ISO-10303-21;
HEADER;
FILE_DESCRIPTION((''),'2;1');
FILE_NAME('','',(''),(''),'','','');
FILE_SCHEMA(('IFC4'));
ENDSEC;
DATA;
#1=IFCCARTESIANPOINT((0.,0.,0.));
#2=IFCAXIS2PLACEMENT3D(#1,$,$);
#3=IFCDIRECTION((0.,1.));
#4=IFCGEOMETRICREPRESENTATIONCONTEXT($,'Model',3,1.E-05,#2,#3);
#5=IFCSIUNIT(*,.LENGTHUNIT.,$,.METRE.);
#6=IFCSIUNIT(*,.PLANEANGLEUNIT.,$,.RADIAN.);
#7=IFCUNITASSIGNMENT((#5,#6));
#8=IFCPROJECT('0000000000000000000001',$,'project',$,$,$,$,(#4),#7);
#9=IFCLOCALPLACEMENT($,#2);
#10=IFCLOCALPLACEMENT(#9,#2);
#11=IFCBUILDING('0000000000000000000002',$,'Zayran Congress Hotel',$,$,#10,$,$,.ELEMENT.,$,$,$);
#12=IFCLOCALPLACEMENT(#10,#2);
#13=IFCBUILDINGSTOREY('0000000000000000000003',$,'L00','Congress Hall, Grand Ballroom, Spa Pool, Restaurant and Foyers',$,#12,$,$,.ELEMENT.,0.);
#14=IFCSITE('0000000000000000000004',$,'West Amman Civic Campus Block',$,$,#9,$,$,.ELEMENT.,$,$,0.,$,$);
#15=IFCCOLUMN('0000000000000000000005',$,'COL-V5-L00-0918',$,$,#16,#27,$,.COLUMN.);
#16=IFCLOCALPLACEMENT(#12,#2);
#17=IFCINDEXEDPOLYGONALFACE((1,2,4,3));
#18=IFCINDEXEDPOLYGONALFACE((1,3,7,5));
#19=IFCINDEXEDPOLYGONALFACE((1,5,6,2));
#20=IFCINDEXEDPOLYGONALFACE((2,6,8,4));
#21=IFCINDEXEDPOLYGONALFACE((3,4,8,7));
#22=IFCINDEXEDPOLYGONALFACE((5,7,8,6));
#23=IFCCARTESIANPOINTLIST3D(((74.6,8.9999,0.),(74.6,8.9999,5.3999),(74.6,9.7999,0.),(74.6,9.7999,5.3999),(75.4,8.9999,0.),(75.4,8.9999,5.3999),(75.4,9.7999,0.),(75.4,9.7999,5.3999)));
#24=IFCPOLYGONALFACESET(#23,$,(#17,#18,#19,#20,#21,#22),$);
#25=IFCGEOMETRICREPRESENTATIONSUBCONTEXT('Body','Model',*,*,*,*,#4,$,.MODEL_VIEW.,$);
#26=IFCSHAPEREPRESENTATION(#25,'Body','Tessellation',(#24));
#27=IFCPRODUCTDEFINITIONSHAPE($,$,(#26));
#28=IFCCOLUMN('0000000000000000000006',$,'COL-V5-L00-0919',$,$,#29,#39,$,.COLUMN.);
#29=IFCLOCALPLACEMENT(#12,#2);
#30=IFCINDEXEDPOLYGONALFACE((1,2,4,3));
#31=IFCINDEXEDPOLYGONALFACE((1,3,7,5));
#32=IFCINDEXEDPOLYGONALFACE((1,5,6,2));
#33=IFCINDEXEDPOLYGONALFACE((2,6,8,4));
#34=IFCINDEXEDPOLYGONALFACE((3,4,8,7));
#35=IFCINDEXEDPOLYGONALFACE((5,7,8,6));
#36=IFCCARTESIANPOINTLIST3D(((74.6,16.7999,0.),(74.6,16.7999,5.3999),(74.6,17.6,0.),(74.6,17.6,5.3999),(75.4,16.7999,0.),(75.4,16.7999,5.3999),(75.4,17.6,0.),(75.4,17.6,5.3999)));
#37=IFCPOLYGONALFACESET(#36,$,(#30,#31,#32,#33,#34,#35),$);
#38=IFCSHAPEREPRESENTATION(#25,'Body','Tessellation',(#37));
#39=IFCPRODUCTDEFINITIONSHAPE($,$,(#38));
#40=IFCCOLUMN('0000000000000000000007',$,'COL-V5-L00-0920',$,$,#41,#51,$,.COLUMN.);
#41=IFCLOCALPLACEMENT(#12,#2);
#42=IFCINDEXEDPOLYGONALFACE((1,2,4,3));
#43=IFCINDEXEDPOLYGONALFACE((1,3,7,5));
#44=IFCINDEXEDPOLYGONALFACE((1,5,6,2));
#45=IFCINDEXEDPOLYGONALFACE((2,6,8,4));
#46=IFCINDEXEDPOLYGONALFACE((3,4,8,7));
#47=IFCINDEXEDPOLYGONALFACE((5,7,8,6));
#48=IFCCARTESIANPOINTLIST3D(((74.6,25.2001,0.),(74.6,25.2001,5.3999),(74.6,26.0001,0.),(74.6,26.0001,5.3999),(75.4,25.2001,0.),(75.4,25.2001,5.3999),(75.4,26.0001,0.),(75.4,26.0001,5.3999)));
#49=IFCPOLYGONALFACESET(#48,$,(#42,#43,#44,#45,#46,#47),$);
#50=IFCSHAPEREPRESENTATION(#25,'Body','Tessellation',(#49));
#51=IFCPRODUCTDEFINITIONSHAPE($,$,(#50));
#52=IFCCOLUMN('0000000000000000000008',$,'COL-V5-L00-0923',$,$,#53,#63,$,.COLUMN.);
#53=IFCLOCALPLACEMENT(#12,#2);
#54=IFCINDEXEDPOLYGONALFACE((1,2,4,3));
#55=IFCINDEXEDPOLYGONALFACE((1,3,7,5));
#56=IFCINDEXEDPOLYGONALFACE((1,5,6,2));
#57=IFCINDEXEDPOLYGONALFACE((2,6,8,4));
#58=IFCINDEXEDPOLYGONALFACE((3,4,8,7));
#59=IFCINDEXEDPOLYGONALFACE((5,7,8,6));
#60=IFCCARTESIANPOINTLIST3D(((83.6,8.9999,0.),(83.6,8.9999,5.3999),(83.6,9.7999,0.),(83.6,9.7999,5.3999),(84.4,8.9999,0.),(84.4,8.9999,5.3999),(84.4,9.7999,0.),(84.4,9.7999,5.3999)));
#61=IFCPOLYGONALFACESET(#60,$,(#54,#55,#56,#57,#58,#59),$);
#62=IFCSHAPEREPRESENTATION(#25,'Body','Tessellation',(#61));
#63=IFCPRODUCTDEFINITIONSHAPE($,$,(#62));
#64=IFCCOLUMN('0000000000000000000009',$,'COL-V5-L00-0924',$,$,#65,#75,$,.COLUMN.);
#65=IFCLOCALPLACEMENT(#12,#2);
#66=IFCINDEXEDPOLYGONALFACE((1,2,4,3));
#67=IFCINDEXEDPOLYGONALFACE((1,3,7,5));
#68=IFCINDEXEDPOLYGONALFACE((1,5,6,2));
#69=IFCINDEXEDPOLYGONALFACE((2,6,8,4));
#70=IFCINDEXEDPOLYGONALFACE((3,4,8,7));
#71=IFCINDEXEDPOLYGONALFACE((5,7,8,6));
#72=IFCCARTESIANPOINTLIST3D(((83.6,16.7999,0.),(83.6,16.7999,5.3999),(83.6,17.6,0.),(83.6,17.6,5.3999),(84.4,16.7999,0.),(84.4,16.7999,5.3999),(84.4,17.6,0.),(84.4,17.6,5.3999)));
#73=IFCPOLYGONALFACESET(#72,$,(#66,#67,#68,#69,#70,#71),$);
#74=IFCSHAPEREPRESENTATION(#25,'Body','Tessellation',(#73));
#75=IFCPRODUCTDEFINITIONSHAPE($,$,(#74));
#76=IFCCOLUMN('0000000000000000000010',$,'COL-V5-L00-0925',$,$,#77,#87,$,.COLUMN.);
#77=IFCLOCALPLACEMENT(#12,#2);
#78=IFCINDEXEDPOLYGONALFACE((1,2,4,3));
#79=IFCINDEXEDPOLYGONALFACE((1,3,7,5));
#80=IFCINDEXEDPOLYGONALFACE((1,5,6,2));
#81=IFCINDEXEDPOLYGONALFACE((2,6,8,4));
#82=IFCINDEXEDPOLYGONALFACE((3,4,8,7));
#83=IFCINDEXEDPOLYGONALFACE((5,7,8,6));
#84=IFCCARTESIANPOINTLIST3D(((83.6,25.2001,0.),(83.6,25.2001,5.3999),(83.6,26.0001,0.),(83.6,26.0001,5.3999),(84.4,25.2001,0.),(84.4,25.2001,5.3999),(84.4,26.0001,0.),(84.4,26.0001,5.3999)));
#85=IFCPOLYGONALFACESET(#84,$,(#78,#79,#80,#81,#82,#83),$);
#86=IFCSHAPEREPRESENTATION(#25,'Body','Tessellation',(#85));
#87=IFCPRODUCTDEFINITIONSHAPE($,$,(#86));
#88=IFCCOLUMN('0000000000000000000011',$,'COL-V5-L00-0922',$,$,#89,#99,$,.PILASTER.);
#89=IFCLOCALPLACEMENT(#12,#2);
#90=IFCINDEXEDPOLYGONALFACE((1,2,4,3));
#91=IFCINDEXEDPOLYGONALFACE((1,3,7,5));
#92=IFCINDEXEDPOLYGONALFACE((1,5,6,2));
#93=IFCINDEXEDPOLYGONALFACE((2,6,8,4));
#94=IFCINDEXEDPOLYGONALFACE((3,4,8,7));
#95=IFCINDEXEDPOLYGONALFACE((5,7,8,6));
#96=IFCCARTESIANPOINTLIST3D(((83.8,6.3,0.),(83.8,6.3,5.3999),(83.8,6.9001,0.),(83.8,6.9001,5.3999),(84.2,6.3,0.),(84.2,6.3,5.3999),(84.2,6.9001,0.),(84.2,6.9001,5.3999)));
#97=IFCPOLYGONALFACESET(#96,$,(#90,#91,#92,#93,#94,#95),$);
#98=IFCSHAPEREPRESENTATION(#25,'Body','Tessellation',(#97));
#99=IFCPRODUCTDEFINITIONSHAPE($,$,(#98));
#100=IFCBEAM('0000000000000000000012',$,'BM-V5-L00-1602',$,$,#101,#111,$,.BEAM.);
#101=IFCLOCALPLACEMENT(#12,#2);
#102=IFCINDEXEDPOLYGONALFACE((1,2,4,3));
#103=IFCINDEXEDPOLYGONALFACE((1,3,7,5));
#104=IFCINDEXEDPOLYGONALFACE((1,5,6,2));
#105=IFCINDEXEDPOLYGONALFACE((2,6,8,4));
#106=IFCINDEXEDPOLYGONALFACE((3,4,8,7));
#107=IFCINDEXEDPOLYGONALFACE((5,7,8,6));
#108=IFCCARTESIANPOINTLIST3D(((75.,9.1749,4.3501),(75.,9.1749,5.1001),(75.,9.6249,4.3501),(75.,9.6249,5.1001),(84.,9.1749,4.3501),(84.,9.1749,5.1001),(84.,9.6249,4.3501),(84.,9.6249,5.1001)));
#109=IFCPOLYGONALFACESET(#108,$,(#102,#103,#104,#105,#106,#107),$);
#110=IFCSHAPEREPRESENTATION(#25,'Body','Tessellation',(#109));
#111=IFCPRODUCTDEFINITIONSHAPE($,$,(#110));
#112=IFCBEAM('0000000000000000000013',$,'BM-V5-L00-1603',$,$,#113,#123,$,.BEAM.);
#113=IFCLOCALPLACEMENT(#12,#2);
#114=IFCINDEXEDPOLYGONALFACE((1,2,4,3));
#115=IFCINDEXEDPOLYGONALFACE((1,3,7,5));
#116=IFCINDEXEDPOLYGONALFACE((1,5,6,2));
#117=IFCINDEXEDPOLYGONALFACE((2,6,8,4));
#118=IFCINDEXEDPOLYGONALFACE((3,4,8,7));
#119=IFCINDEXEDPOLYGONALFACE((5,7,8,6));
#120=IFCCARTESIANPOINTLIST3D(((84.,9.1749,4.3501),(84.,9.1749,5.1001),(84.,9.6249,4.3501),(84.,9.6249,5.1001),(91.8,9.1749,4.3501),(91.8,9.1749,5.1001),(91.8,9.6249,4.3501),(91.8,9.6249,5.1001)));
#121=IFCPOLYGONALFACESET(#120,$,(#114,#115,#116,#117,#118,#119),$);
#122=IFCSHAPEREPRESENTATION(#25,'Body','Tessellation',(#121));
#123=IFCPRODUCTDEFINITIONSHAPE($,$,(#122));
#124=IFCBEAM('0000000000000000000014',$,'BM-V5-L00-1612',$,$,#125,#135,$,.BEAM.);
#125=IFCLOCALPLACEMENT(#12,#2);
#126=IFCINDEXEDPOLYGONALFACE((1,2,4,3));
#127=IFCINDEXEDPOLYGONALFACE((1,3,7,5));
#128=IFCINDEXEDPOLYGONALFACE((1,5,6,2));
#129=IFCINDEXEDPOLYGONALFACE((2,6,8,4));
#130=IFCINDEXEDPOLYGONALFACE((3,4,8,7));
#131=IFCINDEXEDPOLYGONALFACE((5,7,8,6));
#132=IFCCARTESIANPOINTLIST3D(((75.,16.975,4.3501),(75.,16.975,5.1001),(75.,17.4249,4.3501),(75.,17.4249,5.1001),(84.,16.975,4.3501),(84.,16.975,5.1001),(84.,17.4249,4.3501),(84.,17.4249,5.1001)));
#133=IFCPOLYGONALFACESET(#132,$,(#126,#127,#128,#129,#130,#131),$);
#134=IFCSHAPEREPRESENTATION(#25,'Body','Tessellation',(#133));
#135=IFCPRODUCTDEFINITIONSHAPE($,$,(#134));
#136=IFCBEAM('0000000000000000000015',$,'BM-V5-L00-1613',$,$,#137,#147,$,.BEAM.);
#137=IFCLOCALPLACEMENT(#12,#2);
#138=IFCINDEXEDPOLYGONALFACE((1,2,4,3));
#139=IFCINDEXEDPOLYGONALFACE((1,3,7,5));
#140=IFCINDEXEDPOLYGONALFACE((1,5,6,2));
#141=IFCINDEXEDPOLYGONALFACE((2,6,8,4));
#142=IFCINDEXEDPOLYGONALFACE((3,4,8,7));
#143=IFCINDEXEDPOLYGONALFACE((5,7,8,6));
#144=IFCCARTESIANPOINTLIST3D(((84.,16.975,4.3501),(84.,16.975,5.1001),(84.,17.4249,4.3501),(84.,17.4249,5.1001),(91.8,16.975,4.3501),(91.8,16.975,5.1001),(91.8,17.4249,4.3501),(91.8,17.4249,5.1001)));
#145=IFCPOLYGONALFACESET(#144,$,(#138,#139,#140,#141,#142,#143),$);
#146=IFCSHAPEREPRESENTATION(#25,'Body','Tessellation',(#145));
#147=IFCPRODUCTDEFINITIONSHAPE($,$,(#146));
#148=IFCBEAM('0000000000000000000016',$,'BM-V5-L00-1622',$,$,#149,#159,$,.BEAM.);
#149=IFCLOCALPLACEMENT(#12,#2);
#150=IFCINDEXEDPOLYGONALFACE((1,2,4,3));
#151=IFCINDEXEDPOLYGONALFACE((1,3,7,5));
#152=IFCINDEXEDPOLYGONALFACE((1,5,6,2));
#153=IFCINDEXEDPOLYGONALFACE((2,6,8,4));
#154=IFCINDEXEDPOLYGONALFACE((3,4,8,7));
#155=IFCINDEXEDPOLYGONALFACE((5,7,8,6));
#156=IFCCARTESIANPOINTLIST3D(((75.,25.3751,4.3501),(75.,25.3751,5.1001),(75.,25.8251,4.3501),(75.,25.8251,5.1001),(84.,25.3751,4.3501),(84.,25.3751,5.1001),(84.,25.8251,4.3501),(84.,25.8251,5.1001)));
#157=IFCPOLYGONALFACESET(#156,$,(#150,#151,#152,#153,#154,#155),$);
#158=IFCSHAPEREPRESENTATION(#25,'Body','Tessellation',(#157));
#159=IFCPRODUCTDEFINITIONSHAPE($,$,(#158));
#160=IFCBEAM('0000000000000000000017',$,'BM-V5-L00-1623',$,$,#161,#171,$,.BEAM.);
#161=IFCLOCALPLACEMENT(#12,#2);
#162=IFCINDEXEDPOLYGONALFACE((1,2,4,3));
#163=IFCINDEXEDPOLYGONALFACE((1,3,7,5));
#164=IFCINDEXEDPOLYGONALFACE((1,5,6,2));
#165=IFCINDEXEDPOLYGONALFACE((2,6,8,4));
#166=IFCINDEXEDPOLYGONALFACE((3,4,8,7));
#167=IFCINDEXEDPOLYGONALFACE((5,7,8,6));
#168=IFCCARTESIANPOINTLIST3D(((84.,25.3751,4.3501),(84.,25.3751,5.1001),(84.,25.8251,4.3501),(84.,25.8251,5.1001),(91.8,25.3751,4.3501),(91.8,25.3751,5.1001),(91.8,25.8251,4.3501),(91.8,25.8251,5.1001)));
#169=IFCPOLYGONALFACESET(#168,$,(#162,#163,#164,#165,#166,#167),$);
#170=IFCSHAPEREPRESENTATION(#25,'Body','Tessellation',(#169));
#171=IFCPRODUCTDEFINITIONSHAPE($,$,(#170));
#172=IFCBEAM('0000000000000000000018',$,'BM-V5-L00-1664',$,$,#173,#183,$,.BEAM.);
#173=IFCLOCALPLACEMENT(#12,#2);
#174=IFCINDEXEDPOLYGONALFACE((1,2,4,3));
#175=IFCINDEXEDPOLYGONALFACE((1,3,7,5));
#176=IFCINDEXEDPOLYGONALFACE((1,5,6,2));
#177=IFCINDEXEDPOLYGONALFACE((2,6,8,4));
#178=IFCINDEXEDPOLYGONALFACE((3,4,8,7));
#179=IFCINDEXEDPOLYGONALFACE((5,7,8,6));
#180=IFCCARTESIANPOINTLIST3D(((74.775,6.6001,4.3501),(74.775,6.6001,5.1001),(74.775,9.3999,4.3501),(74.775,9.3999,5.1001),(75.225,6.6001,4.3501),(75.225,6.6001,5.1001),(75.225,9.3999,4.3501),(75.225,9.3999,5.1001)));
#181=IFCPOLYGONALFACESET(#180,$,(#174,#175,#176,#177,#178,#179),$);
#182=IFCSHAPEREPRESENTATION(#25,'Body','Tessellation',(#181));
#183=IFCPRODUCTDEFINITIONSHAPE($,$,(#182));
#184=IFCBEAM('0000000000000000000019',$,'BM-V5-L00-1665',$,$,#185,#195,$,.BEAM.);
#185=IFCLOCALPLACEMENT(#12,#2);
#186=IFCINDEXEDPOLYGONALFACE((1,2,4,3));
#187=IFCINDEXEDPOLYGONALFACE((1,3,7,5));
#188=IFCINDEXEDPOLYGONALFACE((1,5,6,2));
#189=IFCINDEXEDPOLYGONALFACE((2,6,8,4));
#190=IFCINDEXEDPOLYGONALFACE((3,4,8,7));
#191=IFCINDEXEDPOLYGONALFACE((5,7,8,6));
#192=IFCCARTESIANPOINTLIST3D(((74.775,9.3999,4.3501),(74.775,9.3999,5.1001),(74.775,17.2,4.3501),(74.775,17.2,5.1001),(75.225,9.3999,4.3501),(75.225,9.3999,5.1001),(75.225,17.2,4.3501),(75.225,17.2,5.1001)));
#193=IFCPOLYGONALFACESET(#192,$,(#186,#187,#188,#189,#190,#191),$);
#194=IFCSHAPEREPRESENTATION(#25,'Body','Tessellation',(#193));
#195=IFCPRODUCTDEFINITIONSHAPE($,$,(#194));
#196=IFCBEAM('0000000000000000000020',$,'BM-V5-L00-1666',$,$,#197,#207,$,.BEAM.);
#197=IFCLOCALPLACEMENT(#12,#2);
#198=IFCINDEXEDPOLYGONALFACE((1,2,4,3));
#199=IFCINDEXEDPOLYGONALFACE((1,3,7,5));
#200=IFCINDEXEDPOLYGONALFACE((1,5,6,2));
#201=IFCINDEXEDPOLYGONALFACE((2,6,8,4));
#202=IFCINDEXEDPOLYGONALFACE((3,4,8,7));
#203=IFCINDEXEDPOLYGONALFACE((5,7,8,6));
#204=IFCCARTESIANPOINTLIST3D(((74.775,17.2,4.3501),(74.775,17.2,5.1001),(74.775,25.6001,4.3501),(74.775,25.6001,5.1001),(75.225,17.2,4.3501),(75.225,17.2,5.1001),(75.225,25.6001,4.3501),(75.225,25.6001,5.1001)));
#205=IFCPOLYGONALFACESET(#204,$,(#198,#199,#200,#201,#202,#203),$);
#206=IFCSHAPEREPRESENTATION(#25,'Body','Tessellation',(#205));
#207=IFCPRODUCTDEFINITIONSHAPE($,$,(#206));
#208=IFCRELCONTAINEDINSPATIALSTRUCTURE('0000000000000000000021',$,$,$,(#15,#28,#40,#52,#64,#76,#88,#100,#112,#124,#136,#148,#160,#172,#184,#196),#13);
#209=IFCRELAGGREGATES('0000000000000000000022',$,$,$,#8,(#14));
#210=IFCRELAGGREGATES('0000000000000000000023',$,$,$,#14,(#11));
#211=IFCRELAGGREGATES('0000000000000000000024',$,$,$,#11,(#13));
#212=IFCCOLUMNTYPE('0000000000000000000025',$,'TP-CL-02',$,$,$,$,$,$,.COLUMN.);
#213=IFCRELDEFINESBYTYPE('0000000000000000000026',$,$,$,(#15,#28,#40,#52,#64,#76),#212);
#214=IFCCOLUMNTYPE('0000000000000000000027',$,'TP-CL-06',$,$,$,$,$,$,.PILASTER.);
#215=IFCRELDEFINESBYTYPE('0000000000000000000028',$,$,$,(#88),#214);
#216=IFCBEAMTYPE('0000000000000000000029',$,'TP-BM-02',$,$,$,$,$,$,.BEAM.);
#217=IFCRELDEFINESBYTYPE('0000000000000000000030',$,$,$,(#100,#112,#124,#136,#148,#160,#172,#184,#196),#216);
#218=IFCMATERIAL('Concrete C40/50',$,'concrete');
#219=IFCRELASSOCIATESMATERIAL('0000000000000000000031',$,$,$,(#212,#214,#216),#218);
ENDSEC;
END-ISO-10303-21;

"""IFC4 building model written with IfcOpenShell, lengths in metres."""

from ifc_helpers import new_model, si_unit, direction, frame, origin, origin_2d, place, context, subcontext, project, spatial, rectangle, extrude, material, material_profile, profile_set, type_object, element, save


model = new_model("IFC4")

# Units and contexts
model_context = context("Model", 3, precision=1e-05, world=origin(), true_north=direction((0.0, 1.0)))
body_context = subcontext(model_context, "Body", "Model", "MODEL_VIEW")
ifc_project = project(units=[si_unit("LENGTHUNIT", "METRE"), si_unit("PLANEANGLEUNIT", "RADIAN")], contexts=[model_context])

# Site, building, storey
site_placement = place(None, origin())
site = spatial("IfcSite", under=ifc_project, at=site_placement, Name="West Amman Civic Campus Block", CompositionType="ELEMENT", RefElevation=0.0)
building_placement = place(site_placement, origin())
building = spatial("IfcBuilding", under=site, at=building_placement, Name="Zayran Congress Hotel", CompositionType="ELEMENT")
storey_placement = place(building_placement, origin())
storey = spatial("IfcBuildingStorey", under=building, at=storey_placement, Name="L00", Description="Congress Hall, Grand Ballroom, Spa Pool, Restaurant and Foyers", CompositionType="ELEMENT", Elevation=0.0)

# Columns
ifc_material_1 = material(Name="Concrete C40/50", Category="concrete")
ifc_material_profile_1 = material_profile(ifc_material_1, rectangle(XDim=0.8, YDim=0.8, at=origin_2d()), Name="RC 800x800")
ifc_profile_set_1 = profile_set([ifc_material_profile_1], Name="Concrete C40/50")
column_type_1 = type_object("IfcColumnType", Name="TP-CL-02", PredefinedType="COLUMN", material=ifc_profile_set_1)
for number, where, z_axis, x_axis, name in (
    (1, (75.0, 9.3999, 0.0), (0.0, 0.0, 1.0), (1.0, 0.0, 0.0), "COL-V5-L00-0918"),
    (2, (75.0, 17.2, 0.0), (0.0, 0.0, 1.0), (1.0, 0.0, 0.0), "COL-V5-L00-0919"),
    (3, (75.0, 25.6001, 0.0), (0.0, 0.0, 1.0), (1.0, 0.0, 0.0), "COL-V5-L00-0920"),
    (4, (84.0, 9.3999, 0.0), (0.0, 0.0, 1.0), (1.0, 0.0, 0.0), "COL-V5-L00-0923"),
    (5, (84.0, 17.2, 0.0), (0.0, 0.0, 1.0), (1.0, 0.0, 0.0), "COL-V5-L00-0924"),
    (6, (84.0, 25.6001, 0.0), (0.0, 0.0, 1.0), (1.0, 0.0, 0.0), "COL-V5-L00-0925"),
):
    element("IfcColumn", number, at=place(storey_placement, frame(where, z_axis=z_axis, x_axis=x_axis)), inside=storey, type_object=column_type_1, Name=name, PredefinedType="COLUMN", context=body_context, shape_type="SweptSolid", body=[
        extrude(rectangle(XDim=0.8, YDim=0.8, at=origin_2d()), origin(), (0.0, 0.0, 1.0), 5.3999),
    ])
ifc_material_profile_2 = material_profile(ifc_material_1, rectangle(XDim=0.3999, YDim=0.6001, at=origin_2d()), Name="RC 600x400")
ifc_profile_set_2 = profile_set([ifc_material_profile_2], Name="Concrete C40/50")
column_type_2 = type_object("IfcColumnType", Name="TP-CL-06", PredefinedType="PILASTER", material=ifc_profile_set_2)
column_placement = place(storey_placement, frame((84.0, 6.6001, 0.0), z_axis=(0.0, 0.0, 1.0), x_axis=(1.0, 0.0, 0.0)))
element("IfcColumn", 7, at=column_placement, inside=storey, type_object=column_type_2, Name="COL-V5-L00-0922", PredefinedType="PILASTER", context=body_context, shape_type="SweptSolid", body=[
    extrude(rectangle(XDim=0.3999, YDim=0.6001, at=origin_2d()), origin(), (0.0, 0.0, 1.0), 5.3999),
])

# Beams
ifc_material_profile_3 = material_profile(ifc_material_1, rectangle(XDim=0.45, YDim=0.75, at=origin_2d()), Name="RC 450x750")
ifc_profile_set_3 = profile_set([ifc_material_profile_3], Name="Concrete C40/50")
beam_type_1 = type_object("IfcBeamType", Name="TP-BM-02", PredefinedType="BEAM", material=ifc_profile_set_3)
beam_1_placement = place(storey_placement, frame((75.0, 9.3999, 4.7251), z_axis=(1.0, 0.0, 0.0), x_axis=(0.0, 1.0, 0.0)))
element("IfcBeam", 8, at=beam_1_placement, inside=storey, type_object=beam_type_1, Name="BM-V5-L00-1602", PredefinedType="BEAM", context=body_context, shape_type="SweptSolid", body=[
    extrude(rectangle(XDim=0.45, YDim=0.75, at=origin_2d()), origin(), (0.0, 0.0, 1.0), 9.0),
])
beam_2_placement = place(storey_placement, frame((84.0, 9.3999, 4.7251), z_axis=(1.0, 0.0, 0.0), x_axis=(0.0, 1.0, 0.0)))
element("IfcBeam", 9, at=beam_2_placement, inside=storey, type_object=beam_type_1, Name="BM-V5-L00-1603", PredefinedType="BEAM", context=body_context, shape_type="SweptSolid", body=[
    extrude(rectangle(XDim=0.45, YDim=0.75, at=origin_2d()), origin(), (0.0, 0.0, 1.0), 7.8),
])
beam_3_placement = place(storey_placement, frame((75.0, 17.2, 4.7251), z_axis=(1.0, 0.0, 0.0), x_axis=(0.0, 1.0, 0.0)))
element("IfcBeam", 10, at=beam_3_placement, inside=storey, type_object=beam_type_1, Name="BM-V5-L00-1612", PredefinedType="BEAM", context=body_context, shape_type="SweptSolid", body=[
    extrude(rectangle(XDim=0.45, YDim=0.75, at=origin_2d()), origin(), (0.0, 0.0, 1.0), 9.0),
])
beam_4_placement = place(storey_placement, frame((84.0, 17.2, 4.7251), z_axis=(1.0, 0.0, 0.0), x_axis=(0.0, 1.0, 0.0)))
element("IfcBeam", 11, at=beam_4_placement, inside=storey, type_object=beam_type_1, Name="BM-V5-L00-1613", PredefinedType="BEAM", context=body_context, shape_type="SweptSolid", body=[
    extrude(rectangle(XDim=0.45, YDim=0.75, at=origin_2d()), origin(), (0.0, 0.0, 1.0), 7.8),
])
beam_5_placement = place(storey_placement, frame((75.0, 25.6001, 4.7251), z_axis=(1.0, 0.0, 0.0), x_axis=(0.0, 1.0, 0.0)))
element("IfcBeam", 12, at=beam_5_placement, inside=storey, type_object=beam_type_1, Name="BM-V5-L00-1622", PredefinedType="BEAM", context=body_context, shape_type="SweptSolid", body=[
    extrude(rectangle(XDim=0.45, YDim=0.75, at=origin_2d()), origin(), (0.0, 0.0, 1.0), 9.0),
])
beam_6_placement = place(storey_placement, frame((84.0, 25.6001, 4.7251), z_axis=(1.0, 0.0, 0.0), x_axis=(0.0, 1.0, 0.0)))
element("IfcBeam", 13, at=beam_6_placement, inside=storey, type_object=beam_type_1, Name="BM-V5-L00-1623", PredefinedType="BEAM", context=body_context, shape_type="SweptSolid", body=[
    extrude(rectangle(XDim=0.45, YDim=0.75, at=origin_2d()), origin(), (0.0, 0.0, 1.0), 7.8),
])
beam_7_placement = place(storey_placement, frame((75.0, 6.6001, 4.7251), z_axis=(0.0, 1.0, 0.0), x_axis=(-1.0, 0.0, 0.0)))
element("IfcBeam", 14, at=beam_7_placement, inside=storey, type_object=beam_type_1, Name="BM-V5-L00-1664", PredefinedType="BEAM", context=body_context, shape_type="SweptSolid", body=[
    extrude(rectangle(XDim=0.45, YDim=0.75, at=origin_2d()), origin(), (0.0, 0.0, 1.0), 2.7998),
])
beam_8_placement = place(storey_placement, frame((75.0, 9.3999, 4.7251), z_axis=(0.0, 1.0, 0.0), x_axis=(-1.0, 0.0, 0.0)))
element("IfcBeam", 15, at=beam_8_placement, inside=storey, type_object=beam_type_1, Name="BM-V5-L00-1665", PredefinedType="BEAM", context=body_context, shape_type="SweptSolid", body=[
    extrude(rectangle(XDim=0.45, YDim=0.75, at=origin_2d()), origin(), (0.0, 0.0, 1.0), 7.8),
])
beam_9_placement = place(storey_placement, frame((75.0, 17.2, 4.7251), z_axis=(0.0, 1.0, 0.0), x_axis=(-1.0, 0.0, 0.0)))
element("IfcBeam", 16, at=beam_9_placement, inside=storey, type_object=beam_type_1, Name="BM-V5-L00-1666", PredefinedType="BEAM", context=body_context, shape_type="SweptSolid", body=[
    extrude(rectangle(XDim=0.45, YDim=0.75, at=origin_2d()), origin(), (0.0, 0.0, 1.0), 8.4001),
])

save(model, "model.ifc")
